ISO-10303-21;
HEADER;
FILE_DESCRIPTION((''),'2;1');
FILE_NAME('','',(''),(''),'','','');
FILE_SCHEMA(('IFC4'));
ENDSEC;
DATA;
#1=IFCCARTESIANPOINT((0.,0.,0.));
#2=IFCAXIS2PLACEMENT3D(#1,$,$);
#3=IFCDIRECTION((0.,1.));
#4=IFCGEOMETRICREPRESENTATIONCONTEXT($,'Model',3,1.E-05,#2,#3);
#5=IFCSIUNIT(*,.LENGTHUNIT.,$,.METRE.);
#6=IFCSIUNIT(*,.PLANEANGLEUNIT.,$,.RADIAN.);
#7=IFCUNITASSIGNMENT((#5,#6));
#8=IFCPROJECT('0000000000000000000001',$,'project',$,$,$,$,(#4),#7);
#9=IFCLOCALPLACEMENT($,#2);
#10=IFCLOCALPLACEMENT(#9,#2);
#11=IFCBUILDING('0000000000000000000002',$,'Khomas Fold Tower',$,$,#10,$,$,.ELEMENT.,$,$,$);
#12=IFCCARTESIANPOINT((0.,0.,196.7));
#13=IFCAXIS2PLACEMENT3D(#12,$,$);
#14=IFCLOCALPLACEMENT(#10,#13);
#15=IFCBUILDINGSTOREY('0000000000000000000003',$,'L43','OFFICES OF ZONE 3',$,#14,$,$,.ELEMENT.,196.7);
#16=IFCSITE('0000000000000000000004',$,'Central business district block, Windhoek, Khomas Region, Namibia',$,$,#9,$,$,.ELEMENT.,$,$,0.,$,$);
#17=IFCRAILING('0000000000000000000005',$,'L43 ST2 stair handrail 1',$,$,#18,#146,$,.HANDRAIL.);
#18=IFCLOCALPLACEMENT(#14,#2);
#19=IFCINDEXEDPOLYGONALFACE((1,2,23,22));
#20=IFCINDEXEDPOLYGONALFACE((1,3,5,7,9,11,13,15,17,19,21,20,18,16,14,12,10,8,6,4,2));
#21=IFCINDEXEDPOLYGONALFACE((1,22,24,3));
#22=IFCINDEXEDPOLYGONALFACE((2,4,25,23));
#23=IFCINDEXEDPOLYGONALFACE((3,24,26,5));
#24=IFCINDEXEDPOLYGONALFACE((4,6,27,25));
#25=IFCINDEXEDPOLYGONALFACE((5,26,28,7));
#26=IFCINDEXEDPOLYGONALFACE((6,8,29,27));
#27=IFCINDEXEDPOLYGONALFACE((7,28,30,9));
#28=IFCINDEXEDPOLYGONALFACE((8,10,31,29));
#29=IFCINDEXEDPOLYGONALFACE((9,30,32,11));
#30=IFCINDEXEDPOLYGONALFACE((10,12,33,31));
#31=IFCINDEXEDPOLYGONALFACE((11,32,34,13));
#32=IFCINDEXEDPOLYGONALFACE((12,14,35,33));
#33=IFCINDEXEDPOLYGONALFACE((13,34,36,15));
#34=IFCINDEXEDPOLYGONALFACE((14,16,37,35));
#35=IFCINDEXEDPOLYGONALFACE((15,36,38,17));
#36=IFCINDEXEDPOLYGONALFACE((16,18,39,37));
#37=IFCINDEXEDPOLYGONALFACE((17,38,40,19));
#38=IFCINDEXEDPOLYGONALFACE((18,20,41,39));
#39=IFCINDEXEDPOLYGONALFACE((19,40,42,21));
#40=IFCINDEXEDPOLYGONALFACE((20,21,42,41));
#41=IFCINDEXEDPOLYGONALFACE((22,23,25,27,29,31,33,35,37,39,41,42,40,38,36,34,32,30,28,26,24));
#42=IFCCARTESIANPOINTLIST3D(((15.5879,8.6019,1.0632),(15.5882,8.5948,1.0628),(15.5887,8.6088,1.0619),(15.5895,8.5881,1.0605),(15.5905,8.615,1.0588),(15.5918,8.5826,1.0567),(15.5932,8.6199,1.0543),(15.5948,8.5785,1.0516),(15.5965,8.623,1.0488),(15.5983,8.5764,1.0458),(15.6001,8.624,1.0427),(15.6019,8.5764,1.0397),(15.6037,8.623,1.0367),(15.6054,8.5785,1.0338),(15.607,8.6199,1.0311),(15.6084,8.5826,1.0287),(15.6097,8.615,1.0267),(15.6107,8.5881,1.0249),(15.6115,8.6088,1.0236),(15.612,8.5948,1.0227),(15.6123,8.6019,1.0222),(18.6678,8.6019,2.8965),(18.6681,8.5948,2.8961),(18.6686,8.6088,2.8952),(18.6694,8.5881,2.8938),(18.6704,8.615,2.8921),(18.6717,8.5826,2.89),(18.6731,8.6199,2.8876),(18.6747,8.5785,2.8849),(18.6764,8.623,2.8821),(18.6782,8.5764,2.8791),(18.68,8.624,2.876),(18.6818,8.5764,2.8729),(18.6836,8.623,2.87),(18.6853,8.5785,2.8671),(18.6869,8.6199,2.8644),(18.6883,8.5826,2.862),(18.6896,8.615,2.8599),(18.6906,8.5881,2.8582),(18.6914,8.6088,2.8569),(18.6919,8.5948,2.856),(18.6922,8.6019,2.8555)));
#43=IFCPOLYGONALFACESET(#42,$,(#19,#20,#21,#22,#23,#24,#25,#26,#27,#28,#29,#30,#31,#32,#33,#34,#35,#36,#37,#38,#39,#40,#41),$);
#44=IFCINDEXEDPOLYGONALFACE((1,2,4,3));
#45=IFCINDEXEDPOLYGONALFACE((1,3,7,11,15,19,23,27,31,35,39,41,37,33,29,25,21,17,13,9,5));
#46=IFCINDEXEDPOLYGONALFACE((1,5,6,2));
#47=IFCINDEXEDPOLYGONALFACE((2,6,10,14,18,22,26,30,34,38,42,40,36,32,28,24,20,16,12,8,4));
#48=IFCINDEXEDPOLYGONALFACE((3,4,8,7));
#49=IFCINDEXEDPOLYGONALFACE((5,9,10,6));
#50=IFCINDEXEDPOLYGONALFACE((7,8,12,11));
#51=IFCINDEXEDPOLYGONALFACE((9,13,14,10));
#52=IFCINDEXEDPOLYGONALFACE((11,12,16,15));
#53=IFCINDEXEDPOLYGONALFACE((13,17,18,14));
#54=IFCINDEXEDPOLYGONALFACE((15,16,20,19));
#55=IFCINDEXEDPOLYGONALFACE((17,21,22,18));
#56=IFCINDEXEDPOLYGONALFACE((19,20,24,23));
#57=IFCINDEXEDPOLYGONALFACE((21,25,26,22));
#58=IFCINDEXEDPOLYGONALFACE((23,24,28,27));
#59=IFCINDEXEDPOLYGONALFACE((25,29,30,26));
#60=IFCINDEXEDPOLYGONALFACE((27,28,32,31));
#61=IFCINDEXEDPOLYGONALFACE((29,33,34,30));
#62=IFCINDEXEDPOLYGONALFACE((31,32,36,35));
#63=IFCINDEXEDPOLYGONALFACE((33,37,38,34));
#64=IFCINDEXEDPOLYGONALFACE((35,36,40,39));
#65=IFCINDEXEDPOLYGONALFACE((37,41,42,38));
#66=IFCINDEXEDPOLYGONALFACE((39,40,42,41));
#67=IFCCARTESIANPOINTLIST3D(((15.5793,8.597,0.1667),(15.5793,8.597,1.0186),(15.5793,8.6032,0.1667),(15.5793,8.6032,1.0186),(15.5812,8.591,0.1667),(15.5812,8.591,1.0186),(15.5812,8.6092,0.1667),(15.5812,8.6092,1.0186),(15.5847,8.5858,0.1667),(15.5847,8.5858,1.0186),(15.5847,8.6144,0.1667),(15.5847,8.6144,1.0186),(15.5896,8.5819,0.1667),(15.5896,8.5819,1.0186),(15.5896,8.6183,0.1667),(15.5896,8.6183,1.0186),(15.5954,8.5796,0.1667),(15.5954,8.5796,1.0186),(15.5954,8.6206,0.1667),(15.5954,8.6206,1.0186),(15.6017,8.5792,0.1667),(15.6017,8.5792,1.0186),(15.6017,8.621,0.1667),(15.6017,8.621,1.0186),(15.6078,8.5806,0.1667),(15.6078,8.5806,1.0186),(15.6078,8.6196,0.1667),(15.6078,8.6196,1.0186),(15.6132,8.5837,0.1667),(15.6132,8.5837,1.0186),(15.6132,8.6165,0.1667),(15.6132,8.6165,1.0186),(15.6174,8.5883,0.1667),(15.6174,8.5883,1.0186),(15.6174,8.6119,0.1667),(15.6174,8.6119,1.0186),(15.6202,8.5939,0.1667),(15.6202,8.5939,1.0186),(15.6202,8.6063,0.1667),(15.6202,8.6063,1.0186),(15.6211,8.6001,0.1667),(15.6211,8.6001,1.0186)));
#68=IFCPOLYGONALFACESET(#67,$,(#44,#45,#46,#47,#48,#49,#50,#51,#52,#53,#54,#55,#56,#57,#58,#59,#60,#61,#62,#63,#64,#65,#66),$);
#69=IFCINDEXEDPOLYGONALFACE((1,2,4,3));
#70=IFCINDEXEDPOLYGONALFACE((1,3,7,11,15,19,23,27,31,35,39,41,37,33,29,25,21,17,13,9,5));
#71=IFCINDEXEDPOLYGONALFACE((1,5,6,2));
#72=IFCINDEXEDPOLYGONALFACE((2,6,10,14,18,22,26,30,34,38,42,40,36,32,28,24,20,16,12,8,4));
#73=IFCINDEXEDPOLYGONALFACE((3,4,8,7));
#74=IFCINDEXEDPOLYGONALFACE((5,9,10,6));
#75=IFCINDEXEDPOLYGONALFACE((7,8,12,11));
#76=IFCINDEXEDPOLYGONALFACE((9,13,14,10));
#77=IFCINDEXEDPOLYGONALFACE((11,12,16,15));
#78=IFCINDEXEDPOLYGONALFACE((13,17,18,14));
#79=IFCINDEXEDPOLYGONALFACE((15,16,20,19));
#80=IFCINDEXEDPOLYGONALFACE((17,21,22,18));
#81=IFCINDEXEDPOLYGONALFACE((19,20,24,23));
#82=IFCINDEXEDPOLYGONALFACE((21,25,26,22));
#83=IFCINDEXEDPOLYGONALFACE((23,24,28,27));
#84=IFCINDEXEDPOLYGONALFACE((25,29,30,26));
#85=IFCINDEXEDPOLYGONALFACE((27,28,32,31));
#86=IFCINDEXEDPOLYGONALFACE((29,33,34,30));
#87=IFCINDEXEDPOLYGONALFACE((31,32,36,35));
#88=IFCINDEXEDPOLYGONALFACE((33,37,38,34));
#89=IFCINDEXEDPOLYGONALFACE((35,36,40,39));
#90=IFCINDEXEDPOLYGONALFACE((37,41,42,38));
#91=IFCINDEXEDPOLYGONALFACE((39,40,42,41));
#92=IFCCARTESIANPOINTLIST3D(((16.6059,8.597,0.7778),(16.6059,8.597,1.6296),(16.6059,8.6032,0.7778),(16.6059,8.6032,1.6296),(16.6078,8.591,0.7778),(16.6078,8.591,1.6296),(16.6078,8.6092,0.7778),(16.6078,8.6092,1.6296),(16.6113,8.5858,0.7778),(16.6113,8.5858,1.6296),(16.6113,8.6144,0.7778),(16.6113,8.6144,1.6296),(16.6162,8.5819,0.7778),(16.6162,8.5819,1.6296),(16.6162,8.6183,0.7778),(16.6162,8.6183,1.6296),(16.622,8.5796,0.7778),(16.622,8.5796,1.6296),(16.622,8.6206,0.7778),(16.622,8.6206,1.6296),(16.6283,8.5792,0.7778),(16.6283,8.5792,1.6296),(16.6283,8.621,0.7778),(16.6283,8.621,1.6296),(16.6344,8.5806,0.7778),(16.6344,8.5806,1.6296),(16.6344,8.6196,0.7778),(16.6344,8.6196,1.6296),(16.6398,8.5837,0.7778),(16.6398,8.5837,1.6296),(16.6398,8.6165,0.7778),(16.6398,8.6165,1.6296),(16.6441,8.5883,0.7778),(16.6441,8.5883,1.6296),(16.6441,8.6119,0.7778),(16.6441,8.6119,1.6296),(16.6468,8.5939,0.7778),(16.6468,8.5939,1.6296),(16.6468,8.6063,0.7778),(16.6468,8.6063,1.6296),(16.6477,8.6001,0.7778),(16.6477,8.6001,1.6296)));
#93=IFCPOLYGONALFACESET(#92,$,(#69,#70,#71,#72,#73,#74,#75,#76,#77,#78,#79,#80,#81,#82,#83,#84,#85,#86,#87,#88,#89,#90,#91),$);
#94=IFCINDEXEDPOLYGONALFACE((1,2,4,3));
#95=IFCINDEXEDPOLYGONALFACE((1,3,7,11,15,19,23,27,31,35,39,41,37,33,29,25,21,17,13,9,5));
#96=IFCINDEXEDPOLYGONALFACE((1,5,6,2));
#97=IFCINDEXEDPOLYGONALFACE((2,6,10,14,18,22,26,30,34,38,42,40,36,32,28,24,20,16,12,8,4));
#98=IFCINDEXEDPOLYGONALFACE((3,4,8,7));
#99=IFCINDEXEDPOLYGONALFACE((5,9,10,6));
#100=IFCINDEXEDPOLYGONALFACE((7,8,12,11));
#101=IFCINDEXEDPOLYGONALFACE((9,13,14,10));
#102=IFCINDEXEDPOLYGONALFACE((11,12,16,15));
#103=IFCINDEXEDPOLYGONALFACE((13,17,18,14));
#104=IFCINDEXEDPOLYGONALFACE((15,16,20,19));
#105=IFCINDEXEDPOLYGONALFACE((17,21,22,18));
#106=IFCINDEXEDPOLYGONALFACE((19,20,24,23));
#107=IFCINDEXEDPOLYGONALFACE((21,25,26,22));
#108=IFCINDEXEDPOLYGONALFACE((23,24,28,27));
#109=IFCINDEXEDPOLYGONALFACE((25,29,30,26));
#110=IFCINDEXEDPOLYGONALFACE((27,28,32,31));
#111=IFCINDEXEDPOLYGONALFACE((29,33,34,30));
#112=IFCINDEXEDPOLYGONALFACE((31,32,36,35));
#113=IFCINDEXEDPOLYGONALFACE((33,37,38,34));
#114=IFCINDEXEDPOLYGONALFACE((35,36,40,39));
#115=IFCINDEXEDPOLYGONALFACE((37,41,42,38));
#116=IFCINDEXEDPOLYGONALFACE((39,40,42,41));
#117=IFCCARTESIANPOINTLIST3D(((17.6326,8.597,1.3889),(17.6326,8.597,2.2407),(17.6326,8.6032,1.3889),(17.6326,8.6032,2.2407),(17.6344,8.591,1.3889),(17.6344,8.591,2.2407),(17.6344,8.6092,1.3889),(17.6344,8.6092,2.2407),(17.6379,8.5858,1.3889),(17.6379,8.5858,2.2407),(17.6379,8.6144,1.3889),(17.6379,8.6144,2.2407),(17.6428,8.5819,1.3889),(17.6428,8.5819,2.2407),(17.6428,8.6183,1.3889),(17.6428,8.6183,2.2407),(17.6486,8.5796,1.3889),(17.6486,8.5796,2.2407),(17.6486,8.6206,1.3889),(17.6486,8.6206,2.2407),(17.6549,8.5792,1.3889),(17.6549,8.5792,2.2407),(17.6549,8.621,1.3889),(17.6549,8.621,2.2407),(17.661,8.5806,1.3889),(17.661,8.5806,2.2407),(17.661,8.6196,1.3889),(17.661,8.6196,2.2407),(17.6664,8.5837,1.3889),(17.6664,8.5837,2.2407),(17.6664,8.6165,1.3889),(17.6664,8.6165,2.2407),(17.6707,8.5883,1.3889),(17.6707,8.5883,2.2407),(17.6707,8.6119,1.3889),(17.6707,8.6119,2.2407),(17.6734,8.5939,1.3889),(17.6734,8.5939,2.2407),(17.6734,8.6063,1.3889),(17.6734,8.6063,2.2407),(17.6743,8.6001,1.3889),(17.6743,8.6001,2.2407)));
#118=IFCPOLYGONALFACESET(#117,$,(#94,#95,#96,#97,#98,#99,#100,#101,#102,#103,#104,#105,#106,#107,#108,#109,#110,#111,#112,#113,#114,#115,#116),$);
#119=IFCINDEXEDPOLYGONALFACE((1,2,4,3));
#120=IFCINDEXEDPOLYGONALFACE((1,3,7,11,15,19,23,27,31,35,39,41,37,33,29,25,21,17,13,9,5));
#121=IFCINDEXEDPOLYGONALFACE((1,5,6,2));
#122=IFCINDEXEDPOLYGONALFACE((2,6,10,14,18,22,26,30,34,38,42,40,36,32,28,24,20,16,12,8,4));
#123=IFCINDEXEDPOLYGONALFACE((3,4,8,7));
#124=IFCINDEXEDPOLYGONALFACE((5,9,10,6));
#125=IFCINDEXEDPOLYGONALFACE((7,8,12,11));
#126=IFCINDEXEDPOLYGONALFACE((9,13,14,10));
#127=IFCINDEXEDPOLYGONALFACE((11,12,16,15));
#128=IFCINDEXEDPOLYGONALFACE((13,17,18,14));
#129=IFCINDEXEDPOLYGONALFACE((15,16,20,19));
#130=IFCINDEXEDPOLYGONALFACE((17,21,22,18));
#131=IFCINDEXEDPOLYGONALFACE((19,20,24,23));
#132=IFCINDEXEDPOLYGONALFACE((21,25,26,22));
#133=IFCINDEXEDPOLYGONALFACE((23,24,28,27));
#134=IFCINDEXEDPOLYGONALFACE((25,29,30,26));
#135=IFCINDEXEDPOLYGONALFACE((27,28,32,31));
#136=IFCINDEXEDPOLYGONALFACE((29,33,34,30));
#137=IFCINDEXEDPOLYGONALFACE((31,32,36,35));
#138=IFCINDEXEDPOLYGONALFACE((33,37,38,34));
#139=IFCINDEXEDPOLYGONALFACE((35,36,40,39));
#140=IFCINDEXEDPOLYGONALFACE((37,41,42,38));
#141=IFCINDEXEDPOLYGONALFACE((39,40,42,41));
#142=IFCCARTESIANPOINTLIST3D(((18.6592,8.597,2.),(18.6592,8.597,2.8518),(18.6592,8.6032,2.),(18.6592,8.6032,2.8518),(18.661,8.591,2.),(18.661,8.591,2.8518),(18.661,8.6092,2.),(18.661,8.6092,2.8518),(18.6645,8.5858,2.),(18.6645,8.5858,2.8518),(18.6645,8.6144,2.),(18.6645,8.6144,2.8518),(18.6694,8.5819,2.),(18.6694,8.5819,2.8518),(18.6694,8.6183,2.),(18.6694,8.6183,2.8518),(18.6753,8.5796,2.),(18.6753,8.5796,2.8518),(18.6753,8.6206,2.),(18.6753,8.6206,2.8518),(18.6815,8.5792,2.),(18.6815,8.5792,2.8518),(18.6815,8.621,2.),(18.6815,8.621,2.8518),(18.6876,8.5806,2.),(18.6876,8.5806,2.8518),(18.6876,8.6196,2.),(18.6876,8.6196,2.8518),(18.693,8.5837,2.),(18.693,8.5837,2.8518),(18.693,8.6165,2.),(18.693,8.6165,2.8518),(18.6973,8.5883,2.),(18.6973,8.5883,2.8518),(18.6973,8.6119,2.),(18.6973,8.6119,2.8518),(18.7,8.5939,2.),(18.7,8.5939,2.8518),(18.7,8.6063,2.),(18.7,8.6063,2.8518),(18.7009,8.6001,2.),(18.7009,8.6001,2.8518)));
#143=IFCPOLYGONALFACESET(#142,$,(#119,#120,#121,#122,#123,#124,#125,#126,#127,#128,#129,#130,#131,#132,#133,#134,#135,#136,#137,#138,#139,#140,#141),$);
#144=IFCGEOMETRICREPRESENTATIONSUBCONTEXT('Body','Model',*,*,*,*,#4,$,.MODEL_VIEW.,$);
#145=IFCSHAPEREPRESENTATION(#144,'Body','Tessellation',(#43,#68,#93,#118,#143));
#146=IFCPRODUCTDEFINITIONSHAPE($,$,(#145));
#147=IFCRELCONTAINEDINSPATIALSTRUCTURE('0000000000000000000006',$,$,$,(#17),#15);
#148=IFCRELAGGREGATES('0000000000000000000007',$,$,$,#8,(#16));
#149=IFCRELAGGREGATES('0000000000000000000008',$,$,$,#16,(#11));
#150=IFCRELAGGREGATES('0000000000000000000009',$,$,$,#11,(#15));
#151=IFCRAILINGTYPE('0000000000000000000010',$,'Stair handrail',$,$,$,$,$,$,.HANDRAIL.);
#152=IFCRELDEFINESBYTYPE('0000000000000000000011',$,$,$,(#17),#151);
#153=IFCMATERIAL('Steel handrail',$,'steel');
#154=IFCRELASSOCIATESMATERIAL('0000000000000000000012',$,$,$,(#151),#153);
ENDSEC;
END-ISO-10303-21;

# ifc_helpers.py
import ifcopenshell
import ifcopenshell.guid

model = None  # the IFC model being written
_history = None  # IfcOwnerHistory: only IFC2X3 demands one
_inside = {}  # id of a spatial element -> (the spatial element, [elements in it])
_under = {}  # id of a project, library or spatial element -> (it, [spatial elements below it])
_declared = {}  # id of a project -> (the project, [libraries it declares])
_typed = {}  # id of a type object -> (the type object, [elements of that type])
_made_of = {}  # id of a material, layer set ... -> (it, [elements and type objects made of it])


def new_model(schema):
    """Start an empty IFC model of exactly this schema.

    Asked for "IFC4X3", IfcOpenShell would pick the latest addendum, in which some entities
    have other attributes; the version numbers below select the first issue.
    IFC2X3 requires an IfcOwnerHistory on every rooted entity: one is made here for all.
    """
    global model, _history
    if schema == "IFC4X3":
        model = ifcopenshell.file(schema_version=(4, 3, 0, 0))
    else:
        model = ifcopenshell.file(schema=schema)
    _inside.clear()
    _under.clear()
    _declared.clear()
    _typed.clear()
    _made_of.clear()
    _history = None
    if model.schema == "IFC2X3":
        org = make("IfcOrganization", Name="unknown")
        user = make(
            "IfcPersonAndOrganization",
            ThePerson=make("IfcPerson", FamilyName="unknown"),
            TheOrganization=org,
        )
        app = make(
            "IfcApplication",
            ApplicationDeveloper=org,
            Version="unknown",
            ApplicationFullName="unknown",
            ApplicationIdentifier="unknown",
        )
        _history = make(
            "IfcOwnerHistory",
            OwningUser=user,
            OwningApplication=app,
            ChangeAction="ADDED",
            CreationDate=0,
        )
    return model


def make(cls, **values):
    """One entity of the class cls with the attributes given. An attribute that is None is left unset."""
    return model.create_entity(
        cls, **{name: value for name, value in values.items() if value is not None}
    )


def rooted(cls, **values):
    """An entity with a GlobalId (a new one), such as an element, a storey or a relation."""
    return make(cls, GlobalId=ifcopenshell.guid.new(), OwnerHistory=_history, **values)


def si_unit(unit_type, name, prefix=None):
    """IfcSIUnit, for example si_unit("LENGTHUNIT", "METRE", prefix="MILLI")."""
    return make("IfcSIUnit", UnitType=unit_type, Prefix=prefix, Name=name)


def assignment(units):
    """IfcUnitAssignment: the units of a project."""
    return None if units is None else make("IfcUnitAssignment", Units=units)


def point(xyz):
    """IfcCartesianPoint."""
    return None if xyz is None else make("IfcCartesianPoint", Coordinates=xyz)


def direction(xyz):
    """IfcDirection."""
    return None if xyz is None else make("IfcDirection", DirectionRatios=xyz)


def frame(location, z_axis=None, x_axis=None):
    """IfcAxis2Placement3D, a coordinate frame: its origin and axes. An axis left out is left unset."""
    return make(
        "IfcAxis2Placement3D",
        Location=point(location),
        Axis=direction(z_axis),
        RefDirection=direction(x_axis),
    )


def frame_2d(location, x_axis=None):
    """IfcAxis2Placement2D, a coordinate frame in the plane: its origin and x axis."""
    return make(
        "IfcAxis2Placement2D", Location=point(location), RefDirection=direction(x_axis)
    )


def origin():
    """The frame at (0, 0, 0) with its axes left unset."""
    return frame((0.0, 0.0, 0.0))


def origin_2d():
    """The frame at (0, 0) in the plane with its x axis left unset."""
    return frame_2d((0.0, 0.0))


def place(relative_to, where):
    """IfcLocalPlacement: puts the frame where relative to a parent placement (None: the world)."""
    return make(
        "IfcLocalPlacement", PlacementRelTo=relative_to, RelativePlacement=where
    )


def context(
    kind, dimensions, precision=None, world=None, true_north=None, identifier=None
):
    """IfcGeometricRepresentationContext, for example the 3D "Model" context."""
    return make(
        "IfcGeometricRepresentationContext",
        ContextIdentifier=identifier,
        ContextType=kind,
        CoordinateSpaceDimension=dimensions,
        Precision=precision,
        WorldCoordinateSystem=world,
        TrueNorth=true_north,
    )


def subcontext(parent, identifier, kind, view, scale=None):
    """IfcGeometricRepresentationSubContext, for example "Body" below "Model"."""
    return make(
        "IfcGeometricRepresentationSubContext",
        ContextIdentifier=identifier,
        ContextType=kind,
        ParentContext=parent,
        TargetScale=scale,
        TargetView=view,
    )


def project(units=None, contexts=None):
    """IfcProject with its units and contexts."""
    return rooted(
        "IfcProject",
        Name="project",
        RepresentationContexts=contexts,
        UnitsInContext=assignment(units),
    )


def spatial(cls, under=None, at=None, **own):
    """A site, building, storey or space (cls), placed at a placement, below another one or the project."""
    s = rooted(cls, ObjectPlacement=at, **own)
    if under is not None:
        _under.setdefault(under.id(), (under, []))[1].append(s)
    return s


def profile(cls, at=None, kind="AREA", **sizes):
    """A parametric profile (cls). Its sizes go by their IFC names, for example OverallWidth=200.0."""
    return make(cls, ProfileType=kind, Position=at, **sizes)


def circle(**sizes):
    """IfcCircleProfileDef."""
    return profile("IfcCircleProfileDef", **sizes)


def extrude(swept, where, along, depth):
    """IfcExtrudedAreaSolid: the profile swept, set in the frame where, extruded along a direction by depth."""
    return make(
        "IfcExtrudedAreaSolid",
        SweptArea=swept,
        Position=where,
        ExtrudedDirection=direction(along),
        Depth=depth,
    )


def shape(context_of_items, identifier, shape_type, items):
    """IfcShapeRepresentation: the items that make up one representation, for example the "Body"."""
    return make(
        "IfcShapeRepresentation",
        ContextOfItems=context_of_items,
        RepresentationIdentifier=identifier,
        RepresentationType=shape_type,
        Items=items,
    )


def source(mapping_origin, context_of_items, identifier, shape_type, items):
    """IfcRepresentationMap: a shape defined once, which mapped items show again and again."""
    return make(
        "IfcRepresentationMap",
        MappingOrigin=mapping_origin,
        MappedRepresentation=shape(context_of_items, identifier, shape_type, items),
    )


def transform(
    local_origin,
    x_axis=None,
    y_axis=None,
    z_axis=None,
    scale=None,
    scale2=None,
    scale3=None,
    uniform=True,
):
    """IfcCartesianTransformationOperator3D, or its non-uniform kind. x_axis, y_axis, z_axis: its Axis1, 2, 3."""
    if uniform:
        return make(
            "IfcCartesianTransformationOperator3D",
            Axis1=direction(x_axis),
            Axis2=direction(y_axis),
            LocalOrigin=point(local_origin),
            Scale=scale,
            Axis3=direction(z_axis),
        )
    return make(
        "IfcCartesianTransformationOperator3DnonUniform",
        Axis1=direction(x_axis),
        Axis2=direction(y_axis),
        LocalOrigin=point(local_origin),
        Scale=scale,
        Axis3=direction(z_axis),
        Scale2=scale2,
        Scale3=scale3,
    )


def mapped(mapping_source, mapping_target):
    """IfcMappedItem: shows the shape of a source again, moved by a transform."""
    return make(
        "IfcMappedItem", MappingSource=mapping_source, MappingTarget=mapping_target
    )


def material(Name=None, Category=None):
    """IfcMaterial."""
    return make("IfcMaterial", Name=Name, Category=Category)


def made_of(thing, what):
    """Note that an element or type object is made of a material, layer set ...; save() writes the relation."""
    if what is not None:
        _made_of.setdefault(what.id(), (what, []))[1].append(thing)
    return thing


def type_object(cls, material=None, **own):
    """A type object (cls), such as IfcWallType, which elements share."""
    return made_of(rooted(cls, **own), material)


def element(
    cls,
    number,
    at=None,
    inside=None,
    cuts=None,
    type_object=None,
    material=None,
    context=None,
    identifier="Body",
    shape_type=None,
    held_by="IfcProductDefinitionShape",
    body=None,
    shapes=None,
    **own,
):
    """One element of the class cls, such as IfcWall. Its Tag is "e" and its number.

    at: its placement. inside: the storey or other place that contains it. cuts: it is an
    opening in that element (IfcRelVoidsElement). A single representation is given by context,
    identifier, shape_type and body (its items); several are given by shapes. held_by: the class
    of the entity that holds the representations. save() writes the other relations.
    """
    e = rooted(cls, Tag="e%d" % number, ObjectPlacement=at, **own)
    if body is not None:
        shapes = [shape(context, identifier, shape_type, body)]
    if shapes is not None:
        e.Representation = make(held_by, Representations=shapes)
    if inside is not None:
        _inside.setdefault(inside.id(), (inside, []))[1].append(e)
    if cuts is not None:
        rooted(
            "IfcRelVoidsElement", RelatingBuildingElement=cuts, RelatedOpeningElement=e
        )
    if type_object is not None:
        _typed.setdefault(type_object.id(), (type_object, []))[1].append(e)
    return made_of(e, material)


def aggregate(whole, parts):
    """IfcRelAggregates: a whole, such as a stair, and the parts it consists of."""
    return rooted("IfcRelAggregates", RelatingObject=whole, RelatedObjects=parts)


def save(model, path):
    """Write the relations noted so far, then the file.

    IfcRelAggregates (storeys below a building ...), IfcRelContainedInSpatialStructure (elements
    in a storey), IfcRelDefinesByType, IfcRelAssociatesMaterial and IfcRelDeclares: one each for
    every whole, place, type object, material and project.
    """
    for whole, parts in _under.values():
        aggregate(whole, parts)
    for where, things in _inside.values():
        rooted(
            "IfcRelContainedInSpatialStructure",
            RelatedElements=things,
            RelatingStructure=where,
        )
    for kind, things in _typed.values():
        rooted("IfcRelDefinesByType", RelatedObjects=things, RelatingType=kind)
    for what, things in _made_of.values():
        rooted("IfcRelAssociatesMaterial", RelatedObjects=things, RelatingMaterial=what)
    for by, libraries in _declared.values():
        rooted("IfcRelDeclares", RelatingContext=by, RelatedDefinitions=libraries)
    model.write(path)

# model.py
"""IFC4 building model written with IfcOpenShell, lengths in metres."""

from ifc_helpers import new_model, si_unit, direction, frame, origin, origin_2d, place, context, subcontext, project, spatial, circle, extrude, source, transform, mapped, material, type_object, element, save


model = new_model("IFC4")

# Units and contexts
model_context = context("Model", 3, precision=1e-05, world=origin(), true_north=direction((0.0, 1.0)))
body_context = subcontext(model_context, "Body", "Model", "MODEL_VIEW")
ifc_project = project(units=[si_unit("LENGTHUNIT", "METRE"), si_unit("PLANEANGLEUNIT", "RADIAN")], contexts=[model_context])

# Site, building, storey
site_placement = place(None, origin())
site = spatial("IfcSite", under=ifc_project, at=site_placement, Name="Central business district block, Windhoek, Khomas Region, Namibia", CompositionType="ELEMENT", RefElevation=0.0)
building_placement = place(site_placement, origin())
building = spatial("IfcBuilding", under=site, at=building_placement, Name="Khomas Fold Tower", CompositionType="ELEMENT")
storey_placement = place(building_placement, frame((0.0, 0.0, 196.7)))
storey = spatial("IfcBuildingStorey", under=building, at=storey_placement, Name="L43", Description="OFFICES OF ZONE 3", CompositionType="ELEMENT", Elevation=196.7)

# Railing
ifc_material_1 = material(Name="Steel handrail", Category="steel")
railing_type_1 = type_object("IfcRailingType", Name="Stair handrail", PredefinedType="HANDRAIL", material=ifc_material_1)
shared_shape_1 = source(origin(), body_context, "Body", "SweptSolid", [
    extrude(circle(Radius=0.0239, at=origin_2d()), frame((0.0, 0.0, 0.876), z_axis=(0.859291, 0.0, 0.511487), x_axis=(0.0, 1.0, 0.0)), (0.0, 0.0, 1.0), 3.5842),
    extrude(circle(Radius=0.021, at=origin_2d()), origin(), (0.0, 0.0, 1.0), 0.8518),
    extrude(circle(Radius=0.021, at=origin_2d()), frame((1.0266, 0.0, 0.6111)), (0.0, 0.0, 1.0), 0.8518),
    extrude(circle(Radius=0.021, at=origin_2d()), frame((2.0532, 0.0, 1.2222)), (0.0, 0.0, 1.0), 0.8518),
    extrude(circle(Radius=0.021, at=origin_2d()), frame((3.0798, 0.0, 1.8333)), (0.0, 0.0, 1.0), 0.8518),
])
railing_1_placement = place(storey_placement, frame((15.6001, 8.6001, 0.1667)))
element("IfcRailing", 1, at=railing_1_placement, inside=storey, type_object=railing_type_1, Name="L43 ST2 stair handrail 1", PredefinedType="HANDRAIL", context=body_context, shape_type="MappedRepresentation", body=[
    mapped(shared_shape_1, transform((0.0, 0.0, 0.0))),
])

save(model, "model.ifc")
